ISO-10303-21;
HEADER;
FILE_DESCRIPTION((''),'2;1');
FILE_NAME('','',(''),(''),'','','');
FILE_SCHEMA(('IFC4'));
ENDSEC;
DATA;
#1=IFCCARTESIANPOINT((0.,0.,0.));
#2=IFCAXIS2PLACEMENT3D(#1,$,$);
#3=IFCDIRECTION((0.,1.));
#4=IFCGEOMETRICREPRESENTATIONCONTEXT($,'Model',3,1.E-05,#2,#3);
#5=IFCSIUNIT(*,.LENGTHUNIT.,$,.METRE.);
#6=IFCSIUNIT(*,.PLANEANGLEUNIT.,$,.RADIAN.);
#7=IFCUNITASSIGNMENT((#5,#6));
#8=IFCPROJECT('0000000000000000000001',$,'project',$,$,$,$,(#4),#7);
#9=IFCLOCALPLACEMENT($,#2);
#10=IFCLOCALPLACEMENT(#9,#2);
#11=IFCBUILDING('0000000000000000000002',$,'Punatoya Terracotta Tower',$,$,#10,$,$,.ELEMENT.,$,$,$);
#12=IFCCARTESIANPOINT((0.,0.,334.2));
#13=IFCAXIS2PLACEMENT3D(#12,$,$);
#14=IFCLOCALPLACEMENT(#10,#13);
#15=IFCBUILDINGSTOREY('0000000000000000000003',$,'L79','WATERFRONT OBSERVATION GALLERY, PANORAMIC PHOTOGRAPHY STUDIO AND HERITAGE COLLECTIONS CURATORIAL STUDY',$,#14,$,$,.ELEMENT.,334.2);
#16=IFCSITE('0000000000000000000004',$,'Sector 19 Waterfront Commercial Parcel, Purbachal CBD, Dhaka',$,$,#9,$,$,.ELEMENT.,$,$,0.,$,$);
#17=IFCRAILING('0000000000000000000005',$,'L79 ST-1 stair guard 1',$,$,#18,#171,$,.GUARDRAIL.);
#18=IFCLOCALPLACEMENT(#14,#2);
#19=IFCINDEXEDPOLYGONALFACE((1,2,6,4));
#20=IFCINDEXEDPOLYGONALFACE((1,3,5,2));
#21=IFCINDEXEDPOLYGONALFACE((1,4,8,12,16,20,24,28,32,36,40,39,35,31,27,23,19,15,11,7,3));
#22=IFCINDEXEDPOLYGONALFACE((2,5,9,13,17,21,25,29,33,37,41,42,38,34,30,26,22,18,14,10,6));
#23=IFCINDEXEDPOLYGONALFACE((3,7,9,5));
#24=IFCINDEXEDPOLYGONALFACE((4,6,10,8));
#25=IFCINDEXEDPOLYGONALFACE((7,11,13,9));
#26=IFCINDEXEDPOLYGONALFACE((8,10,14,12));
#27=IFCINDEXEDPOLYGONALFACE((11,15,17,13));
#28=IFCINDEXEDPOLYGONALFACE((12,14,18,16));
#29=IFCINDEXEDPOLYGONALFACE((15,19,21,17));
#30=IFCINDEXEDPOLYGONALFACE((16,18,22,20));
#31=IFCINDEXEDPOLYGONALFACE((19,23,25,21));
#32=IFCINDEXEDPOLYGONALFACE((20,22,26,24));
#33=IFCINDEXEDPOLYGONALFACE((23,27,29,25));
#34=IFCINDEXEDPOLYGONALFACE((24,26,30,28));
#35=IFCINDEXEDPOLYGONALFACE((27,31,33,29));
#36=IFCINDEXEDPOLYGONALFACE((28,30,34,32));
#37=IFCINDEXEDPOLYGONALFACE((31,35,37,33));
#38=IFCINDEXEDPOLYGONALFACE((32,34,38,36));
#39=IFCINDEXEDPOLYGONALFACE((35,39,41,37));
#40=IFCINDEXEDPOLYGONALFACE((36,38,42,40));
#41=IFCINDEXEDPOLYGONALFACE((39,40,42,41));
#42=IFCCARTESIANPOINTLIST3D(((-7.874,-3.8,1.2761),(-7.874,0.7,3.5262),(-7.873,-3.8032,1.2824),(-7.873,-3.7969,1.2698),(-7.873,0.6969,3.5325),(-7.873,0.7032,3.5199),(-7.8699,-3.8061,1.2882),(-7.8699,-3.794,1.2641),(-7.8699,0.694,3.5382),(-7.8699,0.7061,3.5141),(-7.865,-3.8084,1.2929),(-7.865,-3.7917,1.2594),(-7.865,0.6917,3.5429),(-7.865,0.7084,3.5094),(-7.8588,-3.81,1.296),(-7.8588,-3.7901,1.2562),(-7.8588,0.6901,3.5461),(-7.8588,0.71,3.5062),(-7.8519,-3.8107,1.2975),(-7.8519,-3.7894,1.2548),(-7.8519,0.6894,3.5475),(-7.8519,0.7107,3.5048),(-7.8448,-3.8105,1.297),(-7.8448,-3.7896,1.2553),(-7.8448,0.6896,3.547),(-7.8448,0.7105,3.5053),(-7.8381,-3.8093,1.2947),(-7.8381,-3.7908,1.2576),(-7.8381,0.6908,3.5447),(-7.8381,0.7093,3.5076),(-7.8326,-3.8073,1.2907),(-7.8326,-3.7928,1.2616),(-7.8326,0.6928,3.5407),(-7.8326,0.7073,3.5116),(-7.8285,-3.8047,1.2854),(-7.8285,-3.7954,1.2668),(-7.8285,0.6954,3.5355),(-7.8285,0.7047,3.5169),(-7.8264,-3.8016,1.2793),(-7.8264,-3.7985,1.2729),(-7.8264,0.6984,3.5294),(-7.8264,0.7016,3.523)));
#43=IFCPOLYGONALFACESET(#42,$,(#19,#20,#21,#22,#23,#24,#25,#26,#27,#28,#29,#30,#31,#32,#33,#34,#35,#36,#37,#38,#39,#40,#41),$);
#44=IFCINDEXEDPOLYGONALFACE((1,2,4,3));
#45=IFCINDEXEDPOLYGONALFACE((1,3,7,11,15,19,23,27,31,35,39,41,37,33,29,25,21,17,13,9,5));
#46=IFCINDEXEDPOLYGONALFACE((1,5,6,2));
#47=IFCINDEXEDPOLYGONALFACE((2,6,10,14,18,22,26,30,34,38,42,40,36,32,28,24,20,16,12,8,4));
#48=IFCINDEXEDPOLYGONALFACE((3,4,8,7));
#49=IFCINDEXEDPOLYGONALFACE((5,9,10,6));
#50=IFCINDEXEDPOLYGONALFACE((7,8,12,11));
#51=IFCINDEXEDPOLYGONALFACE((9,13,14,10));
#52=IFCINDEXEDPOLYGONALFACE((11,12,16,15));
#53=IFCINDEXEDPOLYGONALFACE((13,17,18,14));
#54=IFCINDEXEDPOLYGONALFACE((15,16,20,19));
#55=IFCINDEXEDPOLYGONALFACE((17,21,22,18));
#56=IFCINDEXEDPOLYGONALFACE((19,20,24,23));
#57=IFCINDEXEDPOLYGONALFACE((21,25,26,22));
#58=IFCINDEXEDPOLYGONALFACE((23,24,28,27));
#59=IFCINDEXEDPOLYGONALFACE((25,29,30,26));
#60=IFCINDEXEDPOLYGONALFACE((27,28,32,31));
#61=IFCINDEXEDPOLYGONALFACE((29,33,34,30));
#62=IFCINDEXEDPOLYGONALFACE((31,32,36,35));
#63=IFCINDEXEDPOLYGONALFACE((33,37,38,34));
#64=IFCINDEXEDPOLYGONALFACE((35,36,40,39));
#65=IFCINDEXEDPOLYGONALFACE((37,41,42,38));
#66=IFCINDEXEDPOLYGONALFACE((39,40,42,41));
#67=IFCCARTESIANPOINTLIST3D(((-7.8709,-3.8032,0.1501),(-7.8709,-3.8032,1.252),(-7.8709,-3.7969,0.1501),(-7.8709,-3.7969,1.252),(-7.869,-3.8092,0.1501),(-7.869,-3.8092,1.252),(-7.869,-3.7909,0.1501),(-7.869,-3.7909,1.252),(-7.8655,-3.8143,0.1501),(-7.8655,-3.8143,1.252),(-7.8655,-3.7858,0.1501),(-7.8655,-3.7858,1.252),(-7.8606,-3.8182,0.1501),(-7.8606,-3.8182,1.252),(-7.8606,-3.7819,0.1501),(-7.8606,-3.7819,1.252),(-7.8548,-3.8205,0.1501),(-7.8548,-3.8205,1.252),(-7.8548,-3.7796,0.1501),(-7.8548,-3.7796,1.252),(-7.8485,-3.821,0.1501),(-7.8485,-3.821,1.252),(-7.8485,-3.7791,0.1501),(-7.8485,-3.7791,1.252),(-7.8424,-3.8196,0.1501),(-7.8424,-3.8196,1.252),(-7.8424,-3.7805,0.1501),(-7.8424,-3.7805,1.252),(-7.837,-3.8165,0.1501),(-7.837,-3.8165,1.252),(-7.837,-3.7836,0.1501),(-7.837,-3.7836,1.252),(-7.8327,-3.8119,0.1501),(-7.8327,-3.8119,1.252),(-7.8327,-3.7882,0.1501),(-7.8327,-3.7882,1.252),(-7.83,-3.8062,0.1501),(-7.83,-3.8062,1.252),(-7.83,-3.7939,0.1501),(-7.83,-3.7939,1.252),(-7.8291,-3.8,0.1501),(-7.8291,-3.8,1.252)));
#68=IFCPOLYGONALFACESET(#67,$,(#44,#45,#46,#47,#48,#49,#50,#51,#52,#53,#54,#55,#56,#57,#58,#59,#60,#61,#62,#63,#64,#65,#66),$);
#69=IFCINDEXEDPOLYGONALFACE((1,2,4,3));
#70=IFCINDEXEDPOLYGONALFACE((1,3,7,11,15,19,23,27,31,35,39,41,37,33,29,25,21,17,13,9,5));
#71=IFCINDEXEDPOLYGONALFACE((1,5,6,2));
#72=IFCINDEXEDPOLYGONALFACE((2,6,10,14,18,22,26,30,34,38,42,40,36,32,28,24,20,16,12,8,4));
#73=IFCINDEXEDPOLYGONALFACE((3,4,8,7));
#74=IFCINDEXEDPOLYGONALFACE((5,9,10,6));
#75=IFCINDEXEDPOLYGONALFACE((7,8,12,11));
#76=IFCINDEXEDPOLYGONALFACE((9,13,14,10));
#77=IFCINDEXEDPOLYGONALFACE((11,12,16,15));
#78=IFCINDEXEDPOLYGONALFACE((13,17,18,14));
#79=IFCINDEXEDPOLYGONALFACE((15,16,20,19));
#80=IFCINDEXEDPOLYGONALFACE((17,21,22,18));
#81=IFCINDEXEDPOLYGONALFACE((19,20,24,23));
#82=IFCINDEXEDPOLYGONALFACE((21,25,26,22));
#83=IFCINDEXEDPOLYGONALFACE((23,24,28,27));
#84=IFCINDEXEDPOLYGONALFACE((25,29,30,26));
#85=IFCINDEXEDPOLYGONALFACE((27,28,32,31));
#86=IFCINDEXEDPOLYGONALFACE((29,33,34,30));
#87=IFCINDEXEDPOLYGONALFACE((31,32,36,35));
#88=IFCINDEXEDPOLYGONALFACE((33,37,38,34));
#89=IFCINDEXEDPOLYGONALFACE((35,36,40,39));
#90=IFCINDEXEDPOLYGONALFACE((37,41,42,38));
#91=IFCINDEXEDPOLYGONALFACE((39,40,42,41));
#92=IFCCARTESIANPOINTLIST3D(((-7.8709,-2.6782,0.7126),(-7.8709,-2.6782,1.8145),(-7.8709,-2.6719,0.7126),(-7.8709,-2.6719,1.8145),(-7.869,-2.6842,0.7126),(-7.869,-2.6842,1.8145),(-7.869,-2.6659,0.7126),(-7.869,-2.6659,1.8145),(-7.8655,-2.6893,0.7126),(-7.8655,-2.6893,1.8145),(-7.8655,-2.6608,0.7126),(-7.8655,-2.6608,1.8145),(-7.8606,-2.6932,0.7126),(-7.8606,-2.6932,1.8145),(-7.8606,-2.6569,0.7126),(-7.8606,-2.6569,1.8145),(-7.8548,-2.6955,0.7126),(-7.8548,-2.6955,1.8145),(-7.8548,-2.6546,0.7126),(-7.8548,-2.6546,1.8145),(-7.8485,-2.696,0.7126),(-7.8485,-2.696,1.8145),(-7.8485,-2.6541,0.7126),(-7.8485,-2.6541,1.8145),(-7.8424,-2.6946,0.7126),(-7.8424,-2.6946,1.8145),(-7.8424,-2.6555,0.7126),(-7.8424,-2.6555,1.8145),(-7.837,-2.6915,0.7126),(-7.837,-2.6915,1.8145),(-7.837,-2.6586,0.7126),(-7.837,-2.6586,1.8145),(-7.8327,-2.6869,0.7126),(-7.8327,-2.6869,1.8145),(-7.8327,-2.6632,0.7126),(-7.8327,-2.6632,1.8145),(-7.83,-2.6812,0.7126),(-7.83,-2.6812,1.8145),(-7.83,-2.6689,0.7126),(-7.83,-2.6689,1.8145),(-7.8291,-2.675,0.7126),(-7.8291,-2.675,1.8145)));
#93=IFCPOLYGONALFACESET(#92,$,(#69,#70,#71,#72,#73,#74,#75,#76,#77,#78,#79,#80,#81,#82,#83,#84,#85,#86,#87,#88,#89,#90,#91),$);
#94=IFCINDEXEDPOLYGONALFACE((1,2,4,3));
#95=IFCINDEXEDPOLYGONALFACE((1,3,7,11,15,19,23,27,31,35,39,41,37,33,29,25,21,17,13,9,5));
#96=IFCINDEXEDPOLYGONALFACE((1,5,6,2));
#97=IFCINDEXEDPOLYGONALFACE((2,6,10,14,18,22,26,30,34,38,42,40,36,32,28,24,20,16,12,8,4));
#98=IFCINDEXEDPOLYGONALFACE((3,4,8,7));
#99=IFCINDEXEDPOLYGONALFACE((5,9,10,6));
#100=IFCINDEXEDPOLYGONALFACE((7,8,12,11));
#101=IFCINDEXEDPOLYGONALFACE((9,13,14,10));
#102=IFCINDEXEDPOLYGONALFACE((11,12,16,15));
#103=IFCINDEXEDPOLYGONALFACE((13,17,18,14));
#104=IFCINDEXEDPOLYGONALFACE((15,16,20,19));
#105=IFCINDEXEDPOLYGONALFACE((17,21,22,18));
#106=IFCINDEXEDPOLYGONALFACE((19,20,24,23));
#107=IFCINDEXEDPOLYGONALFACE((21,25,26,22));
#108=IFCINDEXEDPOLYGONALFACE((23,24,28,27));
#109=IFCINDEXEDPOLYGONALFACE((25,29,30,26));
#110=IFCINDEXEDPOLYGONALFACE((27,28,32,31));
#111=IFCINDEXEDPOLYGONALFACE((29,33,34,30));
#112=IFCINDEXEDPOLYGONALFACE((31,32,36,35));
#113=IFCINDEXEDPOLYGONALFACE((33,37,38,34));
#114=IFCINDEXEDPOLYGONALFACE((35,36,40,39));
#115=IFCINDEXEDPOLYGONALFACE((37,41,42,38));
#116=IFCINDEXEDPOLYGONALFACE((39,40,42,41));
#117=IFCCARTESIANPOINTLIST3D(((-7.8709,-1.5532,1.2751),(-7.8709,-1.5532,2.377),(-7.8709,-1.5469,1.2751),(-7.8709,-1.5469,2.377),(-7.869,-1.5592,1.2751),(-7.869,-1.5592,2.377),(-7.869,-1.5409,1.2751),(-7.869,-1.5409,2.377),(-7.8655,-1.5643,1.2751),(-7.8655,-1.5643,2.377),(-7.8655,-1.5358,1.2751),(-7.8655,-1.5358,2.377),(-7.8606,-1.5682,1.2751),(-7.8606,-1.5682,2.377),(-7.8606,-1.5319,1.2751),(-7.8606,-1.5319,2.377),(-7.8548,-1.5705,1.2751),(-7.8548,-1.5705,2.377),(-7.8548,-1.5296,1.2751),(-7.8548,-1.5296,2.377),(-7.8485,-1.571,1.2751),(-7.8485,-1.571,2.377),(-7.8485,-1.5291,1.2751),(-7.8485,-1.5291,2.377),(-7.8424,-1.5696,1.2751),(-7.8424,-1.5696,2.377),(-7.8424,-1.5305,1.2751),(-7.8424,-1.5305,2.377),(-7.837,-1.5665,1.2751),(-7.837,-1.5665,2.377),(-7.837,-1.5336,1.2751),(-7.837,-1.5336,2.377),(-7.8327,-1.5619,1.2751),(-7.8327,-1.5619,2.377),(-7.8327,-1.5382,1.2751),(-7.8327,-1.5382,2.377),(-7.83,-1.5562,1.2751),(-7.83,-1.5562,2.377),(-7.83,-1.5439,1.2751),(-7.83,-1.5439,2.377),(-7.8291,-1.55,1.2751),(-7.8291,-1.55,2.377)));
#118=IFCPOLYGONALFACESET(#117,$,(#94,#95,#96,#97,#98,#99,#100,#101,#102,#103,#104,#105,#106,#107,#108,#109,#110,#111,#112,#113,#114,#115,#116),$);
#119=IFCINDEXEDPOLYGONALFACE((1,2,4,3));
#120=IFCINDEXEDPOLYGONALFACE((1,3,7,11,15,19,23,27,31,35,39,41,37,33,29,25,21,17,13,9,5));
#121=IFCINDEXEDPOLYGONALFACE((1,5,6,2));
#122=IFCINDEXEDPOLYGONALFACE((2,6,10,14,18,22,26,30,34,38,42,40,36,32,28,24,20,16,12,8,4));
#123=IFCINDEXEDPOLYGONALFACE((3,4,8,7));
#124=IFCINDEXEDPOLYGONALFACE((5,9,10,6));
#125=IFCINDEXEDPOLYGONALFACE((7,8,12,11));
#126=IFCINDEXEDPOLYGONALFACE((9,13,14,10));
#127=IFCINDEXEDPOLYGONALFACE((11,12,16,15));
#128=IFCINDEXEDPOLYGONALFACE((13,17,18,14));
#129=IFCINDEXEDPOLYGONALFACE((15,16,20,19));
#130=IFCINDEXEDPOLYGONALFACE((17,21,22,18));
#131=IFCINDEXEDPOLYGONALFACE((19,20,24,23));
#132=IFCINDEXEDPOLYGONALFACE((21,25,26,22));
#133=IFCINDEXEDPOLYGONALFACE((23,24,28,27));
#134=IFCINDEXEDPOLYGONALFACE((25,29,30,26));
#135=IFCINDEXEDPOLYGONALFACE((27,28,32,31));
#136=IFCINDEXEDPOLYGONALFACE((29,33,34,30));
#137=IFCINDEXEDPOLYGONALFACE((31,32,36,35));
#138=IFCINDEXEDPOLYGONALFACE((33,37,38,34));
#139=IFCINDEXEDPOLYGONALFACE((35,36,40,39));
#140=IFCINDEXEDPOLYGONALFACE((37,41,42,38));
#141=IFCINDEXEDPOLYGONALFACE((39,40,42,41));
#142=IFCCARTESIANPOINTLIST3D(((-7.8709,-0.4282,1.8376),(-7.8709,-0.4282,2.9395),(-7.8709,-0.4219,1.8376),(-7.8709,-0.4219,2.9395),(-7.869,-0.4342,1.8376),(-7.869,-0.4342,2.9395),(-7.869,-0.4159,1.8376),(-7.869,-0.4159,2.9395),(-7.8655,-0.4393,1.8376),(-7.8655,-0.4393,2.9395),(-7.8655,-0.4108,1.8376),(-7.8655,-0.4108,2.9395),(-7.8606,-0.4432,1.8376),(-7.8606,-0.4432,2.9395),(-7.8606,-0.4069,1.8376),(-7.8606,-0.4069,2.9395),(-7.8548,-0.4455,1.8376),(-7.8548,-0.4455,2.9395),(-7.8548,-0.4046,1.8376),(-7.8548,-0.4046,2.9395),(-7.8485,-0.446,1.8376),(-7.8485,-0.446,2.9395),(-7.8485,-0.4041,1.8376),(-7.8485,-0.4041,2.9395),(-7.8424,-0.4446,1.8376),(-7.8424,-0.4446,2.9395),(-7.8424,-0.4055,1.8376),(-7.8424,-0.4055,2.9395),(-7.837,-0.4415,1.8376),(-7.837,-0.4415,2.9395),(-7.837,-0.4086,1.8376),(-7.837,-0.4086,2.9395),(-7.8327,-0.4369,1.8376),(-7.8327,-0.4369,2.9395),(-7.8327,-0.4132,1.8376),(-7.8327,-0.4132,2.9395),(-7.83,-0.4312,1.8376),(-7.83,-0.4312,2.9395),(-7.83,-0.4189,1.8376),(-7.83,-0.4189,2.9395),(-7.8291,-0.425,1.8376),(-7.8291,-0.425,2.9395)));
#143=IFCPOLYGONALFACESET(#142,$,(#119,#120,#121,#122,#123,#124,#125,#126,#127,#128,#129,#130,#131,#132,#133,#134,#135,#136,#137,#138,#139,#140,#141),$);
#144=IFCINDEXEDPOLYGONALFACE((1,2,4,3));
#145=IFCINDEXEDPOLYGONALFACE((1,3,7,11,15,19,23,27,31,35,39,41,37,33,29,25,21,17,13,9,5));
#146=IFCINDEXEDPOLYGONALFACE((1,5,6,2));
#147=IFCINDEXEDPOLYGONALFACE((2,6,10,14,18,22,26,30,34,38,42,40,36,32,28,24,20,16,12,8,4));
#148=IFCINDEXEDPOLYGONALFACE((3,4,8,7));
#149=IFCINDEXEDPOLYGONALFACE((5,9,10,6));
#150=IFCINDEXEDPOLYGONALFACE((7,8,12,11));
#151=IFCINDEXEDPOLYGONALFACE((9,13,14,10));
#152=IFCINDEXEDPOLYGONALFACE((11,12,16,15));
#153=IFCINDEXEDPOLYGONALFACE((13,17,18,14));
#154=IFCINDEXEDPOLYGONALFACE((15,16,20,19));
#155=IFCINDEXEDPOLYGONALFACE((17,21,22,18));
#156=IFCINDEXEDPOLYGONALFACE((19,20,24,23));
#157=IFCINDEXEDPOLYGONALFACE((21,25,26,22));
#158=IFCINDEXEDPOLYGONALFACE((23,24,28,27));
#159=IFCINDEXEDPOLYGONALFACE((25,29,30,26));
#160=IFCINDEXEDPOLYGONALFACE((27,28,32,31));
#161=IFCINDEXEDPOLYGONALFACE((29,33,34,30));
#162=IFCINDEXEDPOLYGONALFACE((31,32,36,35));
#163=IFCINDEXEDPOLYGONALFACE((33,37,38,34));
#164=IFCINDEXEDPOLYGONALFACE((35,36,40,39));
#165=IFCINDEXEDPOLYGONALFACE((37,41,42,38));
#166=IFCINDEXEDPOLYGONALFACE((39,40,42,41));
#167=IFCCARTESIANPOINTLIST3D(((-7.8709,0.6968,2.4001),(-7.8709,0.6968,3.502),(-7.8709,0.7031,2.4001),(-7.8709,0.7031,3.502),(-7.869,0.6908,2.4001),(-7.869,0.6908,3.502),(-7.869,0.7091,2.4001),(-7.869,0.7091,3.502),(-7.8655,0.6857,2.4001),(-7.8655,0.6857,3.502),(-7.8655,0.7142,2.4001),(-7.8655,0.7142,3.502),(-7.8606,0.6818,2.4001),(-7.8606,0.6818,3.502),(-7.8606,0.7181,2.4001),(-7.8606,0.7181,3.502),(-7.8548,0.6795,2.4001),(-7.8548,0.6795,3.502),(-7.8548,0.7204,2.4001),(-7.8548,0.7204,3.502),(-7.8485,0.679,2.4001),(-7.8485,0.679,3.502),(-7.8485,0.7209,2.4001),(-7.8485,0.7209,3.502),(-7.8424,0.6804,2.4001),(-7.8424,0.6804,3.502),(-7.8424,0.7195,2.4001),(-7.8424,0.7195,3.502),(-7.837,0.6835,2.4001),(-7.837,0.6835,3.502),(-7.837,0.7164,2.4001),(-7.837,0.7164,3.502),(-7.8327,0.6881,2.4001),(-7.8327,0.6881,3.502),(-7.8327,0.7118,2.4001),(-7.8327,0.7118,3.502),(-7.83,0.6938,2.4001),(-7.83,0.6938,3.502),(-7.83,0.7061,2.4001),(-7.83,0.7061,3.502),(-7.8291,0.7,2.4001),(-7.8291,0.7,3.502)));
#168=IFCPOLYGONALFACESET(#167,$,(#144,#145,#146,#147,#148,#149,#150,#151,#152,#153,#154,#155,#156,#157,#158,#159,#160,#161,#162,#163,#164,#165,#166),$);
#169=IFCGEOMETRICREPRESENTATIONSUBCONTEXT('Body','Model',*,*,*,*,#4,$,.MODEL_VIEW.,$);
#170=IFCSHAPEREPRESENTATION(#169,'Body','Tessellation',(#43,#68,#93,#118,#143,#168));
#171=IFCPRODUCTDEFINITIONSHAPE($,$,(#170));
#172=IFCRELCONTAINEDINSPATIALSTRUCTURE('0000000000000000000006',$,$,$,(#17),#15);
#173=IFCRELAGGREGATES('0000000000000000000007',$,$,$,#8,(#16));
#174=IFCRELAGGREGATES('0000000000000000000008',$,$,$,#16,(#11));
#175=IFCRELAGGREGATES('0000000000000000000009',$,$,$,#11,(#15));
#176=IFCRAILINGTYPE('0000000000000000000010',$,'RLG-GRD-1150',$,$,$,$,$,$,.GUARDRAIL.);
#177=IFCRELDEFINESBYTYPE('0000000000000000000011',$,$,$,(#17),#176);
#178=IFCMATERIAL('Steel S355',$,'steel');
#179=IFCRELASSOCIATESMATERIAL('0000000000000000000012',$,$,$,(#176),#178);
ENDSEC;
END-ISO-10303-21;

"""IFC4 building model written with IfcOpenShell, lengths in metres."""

from ifc_helpers import new_model, si_unit, direction, frame, origin, origin_2d, place, context, subcontext, project, spatial, circle, extrude, material, type_object, element, save


model = new_model("IFC4")

# Units and contexts
model_context = context("Model", 3, precision=1e-05, world=origin(), true_north=direction((0.0, 1.0)))
body_context = subcontext(model_context, "Body", "Model", "MODEL_VIEW")
ifc_project = project(units=[si_unit("LENGTHUNIT", "METRE"), si_unit("PLANEANGLEUNIT", "RADIAN")], contexts=[model_context])

# Site, building, storey
site_placement = place(None, origin())
site = spatial("IfcSite", under=ifc_project, at=site_placement, Name="Sector 19 Waterfront Commercial Parcel, Purbachal CBD, Dhaka", CompositionType="ELEMENT", RefElevation=0.0)
building_placement = place(site_placement, origin())
building = spatial("IfcBuilding", under=site, at=building_placement, Name="Punatoya Terracotta Tower", CompositionType="ELEMENT")
storey_placement = place(building_placement, frame((0.0, 0.0, 334.2)))
storey = spatial("IfcBuildingStorey", under=building, at=storey_placement, Name="L79", Description="WATERFRONT OBSERVATION GALLERY, PANORAMIC PHOTOGRAPHY STUDIO AND HERITAGE COLLECTIONS CURATORIAL STUDY", CompositionType="ELEMENT", Elevation=334.2)

# Shared definitions
ifc_material_1 = material(Name="Steel S355", Category="steel")

# Railing
railing_type_1 = type_object("IfcRailingType", Name="RLG-GRD-1150", PredefinedType="GUARDRAIL", material=ifc_material_1)
railing_1_placement = place(storey_placement, frame((-7.8501, -3.8, 0.1501)))
element("IfcRailing", 1, at=railing_1_placement, inside=storey, type_object=railing_type_1, Name="L79 ST-1 stair guard 1", PredefinedType="GUARDRAIL", context=body_context, shape_type="SweptSolid", body=[
    extrude(circle(Radius=0.0239, at=origin_2d()), frame((0.0, 0.0, 1.126), z_axis=(0.0, 0.894427, 0.447214), x_axis=(-1.0, 0.0, 0.0)), (0.0, 0.0, 1.0), 5.0312),
    extrude(circle(Radius=0.021, at=origin_2d()), origin(), (0.0, 0.0, 1.0), 1.1018),
    extrude(circle(Radius=0.021, at=origin_2d()), frame((0.0, 1.125, 0.5625)), (0.0, 0.0, 1.0), 1.1018),
    extrude(circle(Radius=0.021, at=origin_2d()), frame((0.0, 2.25, 1.125)), (0.0, 0.0, 1.0), 1.1018),
    extrude(circle(Radius=0.021, at=origin_2d()), frame((0.0, 3.375, 1.6875)), (0.0, 0.0, 1.0), 1.1018),
    extrude(circle(Radius=0.021, at=origin_2d()), frame((0.0, 4.5, 2.25)), (0.0, 0.0, 1.0), 1.1018),
])

save(model, "model.ifc")
